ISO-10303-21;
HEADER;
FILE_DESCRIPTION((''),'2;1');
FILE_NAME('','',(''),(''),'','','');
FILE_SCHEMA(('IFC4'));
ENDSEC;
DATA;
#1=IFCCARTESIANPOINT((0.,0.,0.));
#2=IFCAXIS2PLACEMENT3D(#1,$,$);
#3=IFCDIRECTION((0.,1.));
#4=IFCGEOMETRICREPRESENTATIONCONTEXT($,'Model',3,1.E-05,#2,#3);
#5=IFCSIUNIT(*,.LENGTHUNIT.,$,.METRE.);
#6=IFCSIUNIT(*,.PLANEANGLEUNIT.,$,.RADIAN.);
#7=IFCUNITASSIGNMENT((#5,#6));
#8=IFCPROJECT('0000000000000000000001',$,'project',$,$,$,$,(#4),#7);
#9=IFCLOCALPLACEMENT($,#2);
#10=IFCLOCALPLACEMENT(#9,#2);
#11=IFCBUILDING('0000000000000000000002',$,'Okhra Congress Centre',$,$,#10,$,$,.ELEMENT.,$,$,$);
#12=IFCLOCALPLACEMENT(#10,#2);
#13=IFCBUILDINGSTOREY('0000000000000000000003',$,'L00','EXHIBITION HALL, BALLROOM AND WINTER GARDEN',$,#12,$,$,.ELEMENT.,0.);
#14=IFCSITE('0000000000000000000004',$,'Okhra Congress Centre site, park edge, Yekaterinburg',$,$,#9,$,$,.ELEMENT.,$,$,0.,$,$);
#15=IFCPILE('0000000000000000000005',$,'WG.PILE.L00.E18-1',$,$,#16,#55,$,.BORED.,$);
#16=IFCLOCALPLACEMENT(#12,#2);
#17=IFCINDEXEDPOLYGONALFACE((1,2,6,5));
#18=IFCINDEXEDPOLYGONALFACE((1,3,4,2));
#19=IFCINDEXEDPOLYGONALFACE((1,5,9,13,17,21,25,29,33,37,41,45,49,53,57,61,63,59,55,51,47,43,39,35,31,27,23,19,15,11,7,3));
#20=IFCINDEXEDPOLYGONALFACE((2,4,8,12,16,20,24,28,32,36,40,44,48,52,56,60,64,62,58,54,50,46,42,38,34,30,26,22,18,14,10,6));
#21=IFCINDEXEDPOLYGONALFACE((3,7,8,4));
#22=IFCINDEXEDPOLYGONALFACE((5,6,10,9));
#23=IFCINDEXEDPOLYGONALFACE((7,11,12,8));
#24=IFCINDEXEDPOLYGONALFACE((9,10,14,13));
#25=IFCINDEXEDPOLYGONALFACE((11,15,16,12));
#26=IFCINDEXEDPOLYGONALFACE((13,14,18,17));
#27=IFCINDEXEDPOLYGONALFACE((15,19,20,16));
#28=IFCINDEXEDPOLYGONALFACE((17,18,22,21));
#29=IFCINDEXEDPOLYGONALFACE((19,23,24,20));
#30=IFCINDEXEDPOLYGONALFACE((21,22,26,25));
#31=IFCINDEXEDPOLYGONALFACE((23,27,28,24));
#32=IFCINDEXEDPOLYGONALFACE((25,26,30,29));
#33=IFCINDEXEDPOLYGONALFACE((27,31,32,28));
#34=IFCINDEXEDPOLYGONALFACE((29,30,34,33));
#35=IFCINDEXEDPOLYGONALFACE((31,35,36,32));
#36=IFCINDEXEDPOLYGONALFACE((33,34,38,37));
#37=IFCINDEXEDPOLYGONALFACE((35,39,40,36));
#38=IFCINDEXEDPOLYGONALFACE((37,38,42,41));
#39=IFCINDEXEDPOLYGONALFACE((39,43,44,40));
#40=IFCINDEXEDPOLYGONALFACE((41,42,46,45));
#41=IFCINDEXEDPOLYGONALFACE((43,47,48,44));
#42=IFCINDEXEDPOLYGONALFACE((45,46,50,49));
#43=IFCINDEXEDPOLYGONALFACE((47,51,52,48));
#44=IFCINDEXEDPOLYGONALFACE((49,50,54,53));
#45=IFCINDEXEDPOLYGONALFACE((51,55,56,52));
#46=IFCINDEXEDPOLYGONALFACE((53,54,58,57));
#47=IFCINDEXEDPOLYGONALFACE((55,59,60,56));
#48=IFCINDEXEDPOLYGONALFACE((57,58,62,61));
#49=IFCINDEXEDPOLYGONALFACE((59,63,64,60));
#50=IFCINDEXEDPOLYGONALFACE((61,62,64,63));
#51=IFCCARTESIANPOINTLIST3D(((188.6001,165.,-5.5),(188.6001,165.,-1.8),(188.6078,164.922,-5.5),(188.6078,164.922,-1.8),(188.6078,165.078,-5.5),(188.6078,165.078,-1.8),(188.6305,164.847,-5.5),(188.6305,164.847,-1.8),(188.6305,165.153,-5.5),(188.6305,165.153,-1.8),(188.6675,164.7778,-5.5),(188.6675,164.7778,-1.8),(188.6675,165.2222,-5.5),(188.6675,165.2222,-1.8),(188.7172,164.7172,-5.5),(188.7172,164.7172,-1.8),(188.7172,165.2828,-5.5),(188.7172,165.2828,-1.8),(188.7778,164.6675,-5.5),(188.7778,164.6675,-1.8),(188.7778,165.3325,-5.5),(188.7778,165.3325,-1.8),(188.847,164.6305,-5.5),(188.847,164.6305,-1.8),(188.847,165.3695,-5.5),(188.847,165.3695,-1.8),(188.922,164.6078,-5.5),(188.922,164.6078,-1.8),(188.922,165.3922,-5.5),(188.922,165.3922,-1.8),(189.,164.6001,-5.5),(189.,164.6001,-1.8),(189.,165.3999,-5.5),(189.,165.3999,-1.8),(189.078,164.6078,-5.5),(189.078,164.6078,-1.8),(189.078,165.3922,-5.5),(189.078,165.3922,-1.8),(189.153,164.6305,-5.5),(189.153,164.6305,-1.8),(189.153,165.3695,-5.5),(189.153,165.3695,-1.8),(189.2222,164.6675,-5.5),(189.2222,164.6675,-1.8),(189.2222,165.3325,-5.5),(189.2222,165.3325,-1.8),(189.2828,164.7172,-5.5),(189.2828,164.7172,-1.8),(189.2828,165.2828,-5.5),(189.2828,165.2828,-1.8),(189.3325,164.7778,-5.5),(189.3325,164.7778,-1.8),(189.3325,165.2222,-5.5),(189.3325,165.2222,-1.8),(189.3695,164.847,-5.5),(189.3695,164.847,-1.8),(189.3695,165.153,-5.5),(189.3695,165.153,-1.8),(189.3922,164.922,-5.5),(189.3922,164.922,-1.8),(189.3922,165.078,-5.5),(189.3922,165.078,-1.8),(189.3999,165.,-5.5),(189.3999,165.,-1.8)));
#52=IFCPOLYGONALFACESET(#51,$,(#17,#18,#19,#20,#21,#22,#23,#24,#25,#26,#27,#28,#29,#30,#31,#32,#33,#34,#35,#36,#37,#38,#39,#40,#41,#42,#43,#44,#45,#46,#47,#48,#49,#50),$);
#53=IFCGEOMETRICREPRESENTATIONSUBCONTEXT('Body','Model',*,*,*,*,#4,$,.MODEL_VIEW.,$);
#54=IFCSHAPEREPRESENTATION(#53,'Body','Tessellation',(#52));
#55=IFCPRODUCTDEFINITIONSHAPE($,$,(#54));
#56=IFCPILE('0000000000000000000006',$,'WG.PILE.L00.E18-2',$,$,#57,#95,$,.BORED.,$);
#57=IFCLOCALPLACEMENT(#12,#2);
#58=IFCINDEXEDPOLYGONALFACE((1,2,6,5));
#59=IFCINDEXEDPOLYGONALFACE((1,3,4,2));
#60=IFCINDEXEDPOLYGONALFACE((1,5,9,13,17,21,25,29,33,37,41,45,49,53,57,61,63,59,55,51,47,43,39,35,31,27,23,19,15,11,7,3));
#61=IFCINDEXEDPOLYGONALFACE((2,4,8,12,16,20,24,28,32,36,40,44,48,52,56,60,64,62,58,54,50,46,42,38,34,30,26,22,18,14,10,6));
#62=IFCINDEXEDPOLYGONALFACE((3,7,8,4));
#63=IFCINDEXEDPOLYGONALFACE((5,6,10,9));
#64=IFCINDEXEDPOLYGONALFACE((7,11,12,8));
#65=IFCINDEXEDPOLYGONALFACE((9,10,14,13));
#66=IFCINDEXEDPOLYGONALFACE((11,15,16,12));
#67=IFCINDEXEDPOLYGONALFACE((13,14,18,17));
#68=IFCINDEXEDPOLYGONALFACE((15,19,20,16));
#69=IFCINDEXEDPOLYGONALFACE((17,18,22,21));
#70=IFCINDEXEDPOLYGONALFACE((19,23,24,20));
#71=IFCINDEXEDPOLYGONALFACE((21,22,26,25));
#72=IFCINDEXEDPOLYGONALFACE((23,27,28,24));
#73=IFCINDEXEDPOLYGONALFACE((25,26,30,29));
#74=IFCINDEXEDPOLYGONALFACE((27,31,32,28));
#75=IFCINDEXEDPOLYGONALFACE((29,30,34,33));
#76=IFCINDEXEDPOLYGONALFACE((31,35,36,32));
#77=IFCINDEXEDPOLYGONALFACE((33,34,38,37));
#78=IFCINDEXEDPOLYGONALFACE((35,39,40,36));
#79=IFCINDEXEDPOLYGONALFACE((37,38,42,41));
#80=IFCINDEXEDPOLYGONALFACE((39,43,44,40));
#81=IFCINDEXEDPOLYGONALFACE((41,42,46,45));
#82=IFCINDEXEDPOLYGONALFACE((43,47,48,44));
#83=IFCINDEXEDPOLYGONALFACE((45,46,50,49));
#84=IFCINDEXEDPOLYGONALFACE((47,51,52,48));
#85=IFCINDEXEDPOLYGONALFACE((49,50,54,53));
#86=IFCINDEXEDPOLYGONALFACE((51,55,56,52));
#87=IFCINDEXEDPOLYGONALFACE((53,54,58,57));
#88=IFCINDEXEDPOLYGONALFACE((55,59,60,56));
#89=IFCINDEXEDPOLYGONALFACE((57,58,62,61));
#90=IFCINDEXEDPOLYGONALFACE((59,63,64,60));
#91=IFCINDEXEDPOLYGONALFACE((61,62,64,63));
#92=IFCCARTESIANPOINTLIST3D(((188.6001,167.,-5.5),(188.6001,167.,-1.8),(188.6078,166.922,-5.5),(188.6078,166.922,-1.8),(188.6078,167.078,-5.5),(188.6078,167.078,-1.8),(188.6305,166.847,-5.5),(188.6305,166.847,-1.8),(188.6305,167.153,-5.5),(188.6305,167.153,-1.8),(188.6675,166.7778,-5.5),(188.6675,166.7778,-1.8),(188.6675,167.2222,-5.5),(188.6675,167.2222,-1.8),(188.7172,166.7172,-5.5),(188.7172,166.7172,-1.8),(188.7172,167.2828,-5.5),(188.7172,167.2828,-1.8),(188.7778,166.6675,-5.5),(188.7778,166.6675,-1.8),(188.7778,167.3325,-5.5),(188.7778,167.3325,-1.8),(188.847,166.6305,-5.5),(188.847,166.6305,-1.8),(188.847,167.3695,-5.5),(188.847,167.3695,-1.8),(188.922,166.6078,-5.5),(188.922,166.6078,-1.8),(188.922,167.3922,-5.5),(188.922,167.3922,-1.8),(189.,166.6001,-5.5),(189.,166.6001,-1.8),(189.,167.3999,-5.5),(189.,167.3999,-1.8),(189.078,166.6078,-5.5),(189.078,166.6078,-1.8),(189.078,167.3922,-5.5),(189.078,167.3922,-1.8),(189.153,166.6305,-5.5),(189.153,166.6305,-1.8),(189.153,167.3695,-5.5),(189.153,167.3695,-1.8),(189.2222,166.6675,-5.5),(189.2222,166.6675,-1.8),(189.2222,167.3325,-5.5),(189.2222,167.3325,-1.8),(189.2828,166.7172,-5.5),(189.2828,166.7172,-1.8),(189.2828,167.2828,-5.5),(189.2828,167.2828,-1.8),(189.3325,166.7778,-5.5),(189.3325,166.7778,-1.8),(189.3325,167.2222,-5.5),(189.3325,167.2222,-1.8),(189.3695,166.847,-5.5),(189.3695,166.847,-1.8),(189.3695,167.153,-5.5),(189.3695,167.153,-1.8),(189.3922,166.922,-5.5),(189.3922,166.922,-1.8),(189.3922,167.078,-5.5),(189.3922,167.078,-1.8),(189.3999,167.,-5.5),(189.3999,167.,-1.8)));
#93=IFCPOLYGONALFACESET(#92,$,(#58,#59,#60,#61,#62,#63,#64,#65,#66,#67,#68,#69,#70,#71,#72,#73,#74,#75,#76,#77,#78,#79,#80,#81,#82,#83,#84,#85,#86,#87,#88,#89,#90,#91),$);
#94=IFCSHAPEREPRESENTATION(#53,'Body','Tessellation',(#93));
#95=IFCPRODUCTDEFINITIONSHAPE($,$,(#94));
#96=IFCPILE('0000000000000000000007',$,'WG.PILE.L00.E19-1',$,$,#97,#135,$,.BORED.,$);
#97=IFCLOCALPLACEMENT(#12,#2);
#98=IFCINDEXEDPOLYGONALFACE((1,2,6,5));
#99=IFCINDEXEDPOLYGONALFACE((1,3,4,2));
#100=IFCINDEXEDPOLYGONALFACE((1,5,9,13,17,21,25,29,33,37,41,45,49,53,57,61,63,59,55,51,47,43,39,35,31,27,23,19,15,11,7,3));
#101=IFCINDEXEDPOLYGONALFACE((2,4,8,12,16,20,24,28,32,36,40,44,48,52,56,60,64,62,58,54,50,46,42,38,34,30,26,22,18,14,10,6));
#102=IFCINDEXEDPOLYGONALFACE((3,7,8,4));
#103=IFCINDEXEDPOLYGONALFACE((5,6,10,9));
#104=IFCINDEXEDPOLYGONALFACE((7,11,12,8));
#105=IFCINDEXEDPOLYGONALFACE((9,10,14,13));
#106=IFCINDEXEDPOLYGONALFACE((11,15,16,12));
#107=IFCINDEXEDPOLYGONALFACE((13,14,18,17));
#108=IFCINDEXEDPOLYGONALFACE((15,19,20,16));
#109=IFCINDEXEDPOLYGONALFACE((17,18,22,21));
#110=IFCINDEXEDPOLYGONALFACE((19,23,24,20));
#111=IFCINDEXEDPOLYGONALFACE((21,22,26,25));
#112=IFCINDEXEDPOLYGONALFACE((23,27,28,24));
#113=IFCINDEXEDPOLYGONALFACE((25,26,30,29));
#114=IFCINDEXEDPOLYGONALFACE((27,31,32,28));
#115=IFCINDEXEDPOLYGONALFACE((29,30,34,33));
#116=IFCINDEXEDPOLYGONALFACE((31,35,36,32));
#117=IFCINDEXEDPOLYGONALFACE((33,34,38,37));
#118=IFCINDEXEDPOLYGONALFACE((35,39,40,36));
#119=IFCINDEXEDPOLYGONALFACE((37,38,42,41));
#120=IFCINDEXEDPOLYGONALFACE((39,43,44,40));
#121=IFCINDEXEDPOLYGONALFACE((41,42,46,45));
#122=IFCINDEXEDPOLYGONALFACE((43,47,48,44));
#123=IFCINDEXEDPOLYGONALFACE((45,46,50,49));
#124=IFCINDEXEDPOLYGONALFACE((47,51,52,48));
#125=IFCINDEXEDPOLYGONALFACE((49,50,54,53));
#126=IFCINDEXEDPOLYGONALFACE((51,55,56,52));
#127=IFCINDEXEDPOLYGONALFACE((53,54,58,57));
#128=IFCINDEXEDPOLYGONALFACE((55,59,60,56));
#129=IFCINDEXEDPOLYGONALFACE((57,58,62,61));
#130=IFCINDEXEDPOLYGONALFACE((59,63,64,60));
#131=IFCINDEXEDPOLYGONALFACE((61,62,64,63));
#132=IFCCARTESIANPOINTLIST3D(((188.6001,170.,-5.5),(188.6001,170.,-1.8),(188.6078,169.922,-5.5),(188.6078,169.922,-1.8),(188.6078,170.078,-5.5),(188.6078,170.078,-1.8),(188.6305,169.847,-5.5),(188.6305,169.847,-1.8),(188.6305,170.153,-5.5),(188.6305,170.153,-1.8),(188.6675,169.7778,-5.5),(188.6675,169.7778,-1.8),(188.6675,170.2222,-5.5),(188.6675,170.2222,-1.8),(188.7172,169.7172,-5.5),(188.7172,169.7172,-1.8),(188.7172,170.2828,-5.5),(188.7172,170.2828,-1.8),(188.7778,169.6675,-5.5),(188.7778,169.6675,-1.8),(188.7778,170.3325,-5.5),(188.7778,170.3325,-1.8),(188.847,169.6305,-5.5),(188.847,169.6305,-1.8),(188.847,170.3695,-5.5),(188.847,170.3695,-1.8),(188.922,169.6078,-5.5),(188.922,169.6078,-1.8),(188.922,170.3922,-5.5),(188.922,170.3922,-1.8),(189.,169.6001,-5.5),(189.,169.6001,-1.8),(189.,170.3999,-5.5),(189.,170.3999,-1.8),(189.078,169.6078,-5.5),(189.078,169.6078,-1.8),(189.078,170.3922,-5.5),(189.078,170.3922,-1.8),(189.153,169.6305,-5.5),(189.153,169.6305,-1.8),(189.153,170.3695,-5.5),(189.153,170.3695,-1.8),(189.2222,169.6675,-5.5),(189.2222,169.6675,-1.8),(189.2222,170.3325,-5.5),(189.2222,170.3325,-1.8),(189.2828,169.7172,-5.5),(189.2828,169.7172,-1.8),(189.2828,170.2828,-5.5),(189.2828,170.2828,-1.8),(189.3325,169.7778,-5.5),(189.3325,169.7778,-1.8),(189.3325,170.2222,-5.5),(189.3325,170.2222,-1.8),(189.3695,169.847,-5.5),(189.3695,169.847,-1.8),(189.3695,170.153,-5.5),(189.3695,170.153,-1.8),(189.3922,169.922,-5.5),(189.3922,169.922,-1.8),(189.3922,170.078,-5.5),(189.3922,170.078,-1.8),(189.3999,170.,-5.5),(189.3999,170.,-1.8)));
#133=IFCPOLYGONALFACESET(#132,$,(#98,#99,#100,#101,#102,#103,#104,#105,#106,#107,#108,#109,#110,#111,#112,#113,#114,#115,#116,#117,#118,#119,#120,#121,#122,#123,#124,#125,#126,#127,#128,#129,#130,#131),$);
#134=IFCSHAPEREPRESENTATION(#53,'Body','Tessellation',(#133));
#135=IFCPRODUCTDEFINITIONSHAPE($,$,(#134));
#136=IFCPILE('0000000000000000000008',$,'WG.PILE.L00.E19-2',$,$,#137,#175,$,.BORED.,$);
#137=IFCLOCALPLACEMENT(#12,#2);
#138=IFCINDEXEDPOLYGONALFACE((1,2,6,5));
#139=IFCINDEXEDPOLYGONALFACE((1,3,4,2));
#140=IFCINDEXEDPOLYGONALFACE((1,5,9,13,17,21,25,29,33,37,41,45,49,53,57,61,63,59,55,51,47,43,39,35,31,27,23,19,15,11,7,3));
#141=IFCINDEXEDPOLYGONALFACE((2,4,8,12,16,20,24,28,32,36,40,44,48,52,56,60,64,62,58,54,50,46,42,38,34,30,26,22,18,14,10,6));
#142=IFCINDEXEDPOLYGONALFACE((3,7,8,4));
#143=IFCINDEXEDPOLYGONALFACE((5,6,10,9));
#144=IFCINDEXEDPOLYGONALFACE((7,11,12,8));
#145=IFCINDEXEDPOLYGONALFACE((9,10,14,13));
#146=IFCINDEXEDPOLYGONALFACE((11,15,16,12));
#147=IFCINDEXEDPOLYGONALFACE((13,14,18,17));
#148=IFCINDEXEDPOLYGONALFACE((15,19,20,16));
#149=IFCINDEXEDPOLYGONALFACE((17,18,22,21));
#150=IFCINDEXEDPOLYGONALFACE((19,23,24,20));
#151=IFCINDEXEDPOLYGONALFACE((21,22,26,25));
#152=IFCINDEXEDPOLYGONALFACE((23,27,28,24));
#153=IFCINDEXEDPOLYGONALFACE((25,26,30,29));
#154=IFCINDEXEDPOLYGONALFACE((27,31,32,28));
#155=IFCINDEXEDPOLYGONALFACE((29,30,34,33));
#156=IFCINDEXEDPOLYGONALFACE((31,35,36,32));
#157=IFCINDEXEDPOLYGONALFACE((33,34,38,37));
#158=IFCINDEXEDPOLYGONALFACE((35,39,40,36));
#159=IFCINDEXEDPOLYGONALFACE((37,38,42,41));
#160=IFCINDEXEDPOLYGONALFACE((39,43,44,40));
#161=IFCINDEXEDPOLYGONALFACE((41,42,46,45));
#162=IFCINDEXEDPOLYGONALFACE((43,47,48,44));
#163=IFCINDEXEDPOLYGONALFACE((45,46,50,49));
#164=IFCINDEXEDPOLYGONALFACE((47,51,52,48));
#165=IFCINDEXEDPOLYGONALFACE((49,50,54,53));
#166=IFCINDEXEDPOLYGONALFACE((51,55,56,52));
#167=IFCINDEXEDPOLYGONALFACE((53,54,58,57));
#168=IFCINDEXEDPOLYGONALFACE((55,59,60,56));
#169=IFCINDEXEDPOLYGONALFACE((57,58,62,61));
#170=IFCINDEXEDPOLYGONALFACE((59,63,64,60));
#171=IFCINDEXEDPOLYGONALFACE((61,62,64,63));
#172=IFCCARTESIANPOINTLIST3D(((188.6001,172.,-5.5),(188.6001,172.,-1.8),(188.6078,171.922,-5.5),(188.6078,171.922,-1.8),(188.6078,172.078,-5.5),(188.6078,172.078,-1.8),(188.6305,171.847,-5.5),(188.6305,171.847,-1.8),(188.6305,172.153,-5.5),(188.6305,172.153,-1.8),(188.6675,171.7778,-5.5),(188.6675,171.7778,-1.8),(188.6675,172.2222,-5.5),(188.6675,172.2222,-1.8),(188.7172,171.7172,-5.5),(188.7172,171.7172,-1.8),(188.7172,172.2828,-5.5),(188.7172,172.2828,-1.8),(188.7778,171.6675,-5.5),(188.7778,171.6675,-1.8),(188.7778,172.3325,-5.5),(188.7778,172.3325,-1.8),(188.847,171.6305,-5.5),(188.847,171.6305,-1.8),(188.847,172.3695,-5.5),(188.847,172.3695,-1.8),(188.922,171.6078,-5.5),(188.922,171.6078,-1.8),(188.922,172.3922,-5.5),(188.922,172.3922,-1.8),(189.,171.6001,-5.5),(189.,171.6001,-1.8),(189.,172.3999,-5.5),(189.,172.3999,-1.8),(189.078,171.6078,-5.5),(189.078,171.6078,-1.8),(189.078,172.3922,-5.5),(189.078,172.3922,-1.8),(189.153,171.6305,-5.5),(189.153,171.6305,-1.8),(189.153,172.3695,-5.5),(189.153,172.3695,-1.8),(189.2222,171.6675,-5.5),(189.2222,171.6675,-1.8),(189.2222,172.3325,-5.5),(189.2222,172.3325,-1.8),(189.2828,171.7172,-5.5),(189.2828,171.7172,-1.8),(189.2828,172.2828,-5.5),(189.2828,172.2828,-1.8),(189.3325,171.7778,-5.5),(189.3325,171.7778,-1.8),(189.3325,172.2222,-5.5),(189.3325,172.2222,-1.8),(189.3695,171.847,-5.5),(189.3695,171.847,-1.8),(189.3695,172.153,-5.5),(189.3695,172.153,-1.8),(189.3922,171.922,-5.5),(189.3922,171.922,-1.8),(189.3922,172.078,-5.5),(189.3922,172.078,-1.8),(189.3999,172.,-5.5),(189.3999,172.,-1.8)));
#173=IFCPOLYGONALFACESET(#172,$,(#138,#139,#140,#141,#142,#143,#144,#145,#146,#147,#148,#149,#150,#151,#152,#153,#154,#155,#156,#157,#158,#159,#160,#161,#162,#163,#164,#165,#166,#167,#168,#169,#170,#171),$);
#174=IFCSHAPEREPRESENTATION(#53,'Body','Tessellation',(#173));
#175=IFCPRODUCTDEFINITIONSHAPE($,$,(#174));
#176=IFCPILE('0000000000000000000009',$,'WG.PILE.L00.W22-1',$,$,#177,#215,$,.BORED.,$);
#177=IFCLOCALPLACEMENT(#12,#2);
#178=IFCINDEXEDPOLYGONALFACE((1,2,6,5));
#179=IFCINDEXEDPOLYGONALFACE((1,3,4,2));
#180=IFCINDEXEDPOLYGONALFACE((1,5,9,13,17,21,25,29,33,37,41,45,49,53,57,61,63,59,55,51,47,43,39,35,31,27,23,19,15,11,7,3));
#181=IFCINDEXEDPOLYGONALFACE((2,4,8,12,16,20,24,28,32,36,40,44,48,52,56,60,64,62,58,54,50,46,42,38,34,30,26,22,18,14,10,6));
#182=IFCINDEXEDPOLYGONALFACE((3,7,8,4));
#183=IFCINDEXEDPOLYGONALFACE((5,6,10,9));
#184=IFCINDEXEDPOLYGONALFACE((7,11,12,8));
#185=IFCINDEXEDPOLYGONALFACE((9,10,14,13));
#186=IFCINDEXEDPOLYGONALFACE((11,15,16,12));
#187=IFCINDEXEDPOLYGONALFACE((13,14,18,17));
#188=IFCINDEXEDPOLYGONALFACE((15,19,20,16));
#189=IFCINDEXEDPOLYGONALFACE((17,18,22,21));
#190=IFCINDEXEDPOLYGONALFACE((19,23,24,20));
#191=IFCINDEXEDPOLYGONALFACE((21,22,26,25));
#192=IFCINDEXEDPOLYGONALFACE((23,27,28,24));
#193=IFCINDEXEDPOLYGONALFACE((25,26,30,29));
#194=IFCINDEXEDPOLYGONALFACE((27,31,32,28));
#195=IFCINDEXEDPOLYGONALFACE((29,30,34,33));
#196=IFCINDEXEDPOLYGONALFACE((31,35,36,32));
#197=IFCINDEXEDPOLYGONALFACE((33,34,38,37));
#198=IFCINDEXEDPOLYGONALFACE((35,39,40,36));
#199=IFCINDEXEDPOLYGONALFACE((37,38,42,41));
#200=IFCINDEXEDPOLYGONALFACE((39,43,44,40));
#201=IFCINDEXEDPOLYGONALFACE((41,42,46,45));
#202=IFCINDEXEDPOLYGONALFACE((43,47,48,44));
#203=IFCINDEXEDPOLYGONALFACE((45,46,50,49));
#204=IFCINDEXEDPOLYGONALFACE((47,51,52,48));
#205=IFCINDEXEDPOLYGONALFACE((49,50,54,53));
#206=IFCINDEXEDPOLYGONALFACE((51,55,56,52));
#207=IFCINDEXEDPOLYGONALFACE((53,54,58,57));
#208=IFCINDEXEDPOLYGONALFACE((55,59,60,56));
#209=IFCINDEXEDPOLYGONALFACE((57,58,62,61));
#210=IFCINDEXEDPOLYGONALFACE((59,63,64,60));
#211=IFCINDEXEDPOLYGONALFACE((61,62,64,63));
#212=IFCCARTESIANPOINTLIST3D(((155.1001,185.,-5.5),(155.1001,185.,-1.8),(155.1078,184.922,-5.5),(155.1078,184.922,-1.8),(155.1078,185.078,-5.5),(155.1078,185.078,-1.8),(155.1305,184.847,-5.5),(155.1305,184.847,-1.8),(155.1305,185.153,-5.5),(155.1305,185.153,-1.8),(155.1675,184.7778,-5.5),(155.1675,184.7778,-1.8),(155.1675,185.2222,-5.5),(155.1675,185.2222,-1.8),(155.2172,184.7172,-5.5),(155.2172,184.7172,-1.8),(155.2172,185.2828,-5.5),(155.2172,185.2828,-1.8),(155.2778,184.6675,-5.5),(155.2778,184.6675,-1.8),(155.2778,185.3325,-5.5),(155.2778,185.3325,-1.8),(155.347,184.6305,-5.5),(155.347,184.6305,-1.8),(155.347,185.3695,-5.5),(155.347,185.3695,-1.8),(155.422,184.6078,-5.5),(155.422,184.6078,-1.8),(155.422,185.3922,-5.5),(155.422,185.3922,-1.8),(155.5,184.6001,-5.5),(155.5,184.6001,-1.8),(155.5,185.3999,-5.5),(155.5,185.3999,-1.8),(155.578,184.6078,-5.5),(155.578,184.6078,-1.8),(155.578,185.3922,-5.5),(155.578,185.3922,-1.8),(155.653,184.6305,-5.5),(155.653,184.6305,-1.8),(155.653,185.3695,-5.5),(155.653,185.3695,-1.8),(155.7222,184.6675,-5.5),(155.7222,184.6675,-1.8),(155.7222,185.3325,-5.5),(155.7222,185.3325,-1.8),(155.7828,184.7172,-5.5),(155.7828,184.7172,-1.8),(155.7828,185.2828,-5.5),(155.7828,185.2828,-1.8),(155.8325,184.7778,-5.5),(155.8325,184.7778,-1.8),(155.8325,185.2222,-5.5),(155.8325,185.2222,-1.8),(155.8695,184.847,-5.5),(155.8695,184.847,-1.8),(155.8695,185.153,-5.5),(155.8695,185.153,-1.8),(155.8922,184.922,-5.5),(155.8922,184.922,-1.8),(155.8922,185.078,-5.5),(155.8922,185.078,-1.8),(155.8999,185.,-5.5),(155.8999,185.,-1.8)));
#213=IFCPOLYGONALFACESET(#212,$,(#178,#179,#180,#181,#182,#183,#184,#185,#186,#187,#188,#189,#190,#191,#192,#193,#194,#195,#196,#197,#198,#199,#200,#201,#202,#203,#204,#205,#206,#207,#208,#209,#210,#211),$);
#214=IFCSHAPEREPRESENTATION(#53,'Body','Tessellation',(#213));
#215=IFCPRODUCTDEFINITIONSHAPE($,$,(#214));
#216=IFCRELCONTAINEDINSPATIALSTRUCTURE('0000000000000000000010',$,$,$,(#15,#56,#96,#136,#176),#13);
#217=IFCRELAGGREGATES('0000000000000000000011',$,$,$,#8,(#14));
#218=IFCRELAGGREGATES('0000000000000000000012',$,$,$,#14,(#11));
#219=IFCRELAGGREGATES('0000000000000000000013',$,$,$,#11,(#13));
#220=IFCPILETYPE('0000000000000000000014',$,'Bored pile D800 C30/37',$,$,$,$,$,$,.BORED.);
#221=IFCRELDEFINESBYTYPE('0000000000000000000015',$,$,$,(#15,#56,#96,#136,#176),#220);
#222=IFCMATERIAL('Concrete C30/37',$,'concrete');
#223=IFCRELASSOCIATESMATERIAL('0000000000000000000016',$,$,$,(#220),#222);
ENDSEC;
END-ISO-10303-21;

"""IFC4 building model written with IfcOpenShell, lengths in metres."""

from ifc_helpers import new_model, si_unit, direction, frame, origin, origin_2d, place, context, subcontext, project, spatial, circle, extrude, material, material_profile, profile_set, type_object, element, save


model = new_model("IFC4")

# Units and contexts
model_context = context("Model", 3, precision=1e-05, world=origin(), true_north=direction((0.0, 1.0)))
body_context = subcontext(model_context, "Body", "Model", "MODEL_VIEW")
ifc_project = project(units=[si_unit("LENGTHUNIT", "METRE"), si_unit("PLANEANGLEUNIT", "RADIAN")], contexts=[model_context])

# Site, building, storey
site_placement = place(None, origin())
site = spatial("IfcSite", under=ifc_project, at=site_placement, Name="Okhra Congress Centre site, park edge, Yekaterinburg", CompositionType="ELEMENT", RefElevation=0.0)
building_placement = place(site_placement, origin())
building = spatial("IfcBuilding", under=site, at=building_placement, Name="Okhra Congress Centre", CompositionType="ELEMENT")
storey_placement = place(building_placement, origin())
storey = spatial("IfcBuildingStorey", under=building, at=storey_placement, Name="L00", Description="EXHIBITION HALL, BALLROOM AND WINTER GARDEN", CompositionType="ELEMENT", Elevation=0.0)

# Piles
ifc_material_1 = material(Name="Concrete C30/37", Category="concrete")
ifc_material_profile_1 = material_profile(ifc_material_1, circle(Radius=0.3999, at=origin_2d()), Name="D800")
ifc_profile_set_1 = profile_set([ifc_material_profile_1], Name="Concrete C30/37")
pile_type = type_object("IfcPileType", Name="Bored pile D800 C30/37", PredefinedType="BORED", material=ifc_profile_set_1)
for number, where, z_axis, x_axis, name in (
    (1, (189.0, 165.0, -1.8), (0.0, 0.0, -1.0), (1.0, 0.0, 0.0), "WG.PILE.L00.E18-1"),
    (2, (189.0, 167.0, -1.8), (0.0, 0.0, -1.0), (1.0, 0.0, 0.0), "WG.PILE.L00.E18-2"),
    (3, (189.0, 170.0, -1.8), (0.0, 0.0, -1.0), (1.0, 0.0, 0.0), "WG.PILE.L00.E19-1"),
    (4, (189.0, 172.0, -1.8), (0.0, 0.0, -1.0), (1.0, 0.0, 0.0), "WG.PILE.L00.E19-2"),
    (5, (155.5, 185.0, -1.8), (0.0, 0.0, -1.0), (1.0, 0.0, 0.0), "WG.PILE.L00.W22-1"),
):
    element("IfcPile", number, at=place(storey_placement, frame(where, z_axis=z_axis, x_axis=x_axis)), inside=storey, type_object=pile_type, Name=name, PredefinedType="BORED", context=body_context, shape_type="SweptSolid", body=[
        extrude(circle(Radius=0.3999, at=origin_2d()), origin(), (0.0, 0.0, 1.0), 3.7),
    ])

save(model, "model.ifc")
